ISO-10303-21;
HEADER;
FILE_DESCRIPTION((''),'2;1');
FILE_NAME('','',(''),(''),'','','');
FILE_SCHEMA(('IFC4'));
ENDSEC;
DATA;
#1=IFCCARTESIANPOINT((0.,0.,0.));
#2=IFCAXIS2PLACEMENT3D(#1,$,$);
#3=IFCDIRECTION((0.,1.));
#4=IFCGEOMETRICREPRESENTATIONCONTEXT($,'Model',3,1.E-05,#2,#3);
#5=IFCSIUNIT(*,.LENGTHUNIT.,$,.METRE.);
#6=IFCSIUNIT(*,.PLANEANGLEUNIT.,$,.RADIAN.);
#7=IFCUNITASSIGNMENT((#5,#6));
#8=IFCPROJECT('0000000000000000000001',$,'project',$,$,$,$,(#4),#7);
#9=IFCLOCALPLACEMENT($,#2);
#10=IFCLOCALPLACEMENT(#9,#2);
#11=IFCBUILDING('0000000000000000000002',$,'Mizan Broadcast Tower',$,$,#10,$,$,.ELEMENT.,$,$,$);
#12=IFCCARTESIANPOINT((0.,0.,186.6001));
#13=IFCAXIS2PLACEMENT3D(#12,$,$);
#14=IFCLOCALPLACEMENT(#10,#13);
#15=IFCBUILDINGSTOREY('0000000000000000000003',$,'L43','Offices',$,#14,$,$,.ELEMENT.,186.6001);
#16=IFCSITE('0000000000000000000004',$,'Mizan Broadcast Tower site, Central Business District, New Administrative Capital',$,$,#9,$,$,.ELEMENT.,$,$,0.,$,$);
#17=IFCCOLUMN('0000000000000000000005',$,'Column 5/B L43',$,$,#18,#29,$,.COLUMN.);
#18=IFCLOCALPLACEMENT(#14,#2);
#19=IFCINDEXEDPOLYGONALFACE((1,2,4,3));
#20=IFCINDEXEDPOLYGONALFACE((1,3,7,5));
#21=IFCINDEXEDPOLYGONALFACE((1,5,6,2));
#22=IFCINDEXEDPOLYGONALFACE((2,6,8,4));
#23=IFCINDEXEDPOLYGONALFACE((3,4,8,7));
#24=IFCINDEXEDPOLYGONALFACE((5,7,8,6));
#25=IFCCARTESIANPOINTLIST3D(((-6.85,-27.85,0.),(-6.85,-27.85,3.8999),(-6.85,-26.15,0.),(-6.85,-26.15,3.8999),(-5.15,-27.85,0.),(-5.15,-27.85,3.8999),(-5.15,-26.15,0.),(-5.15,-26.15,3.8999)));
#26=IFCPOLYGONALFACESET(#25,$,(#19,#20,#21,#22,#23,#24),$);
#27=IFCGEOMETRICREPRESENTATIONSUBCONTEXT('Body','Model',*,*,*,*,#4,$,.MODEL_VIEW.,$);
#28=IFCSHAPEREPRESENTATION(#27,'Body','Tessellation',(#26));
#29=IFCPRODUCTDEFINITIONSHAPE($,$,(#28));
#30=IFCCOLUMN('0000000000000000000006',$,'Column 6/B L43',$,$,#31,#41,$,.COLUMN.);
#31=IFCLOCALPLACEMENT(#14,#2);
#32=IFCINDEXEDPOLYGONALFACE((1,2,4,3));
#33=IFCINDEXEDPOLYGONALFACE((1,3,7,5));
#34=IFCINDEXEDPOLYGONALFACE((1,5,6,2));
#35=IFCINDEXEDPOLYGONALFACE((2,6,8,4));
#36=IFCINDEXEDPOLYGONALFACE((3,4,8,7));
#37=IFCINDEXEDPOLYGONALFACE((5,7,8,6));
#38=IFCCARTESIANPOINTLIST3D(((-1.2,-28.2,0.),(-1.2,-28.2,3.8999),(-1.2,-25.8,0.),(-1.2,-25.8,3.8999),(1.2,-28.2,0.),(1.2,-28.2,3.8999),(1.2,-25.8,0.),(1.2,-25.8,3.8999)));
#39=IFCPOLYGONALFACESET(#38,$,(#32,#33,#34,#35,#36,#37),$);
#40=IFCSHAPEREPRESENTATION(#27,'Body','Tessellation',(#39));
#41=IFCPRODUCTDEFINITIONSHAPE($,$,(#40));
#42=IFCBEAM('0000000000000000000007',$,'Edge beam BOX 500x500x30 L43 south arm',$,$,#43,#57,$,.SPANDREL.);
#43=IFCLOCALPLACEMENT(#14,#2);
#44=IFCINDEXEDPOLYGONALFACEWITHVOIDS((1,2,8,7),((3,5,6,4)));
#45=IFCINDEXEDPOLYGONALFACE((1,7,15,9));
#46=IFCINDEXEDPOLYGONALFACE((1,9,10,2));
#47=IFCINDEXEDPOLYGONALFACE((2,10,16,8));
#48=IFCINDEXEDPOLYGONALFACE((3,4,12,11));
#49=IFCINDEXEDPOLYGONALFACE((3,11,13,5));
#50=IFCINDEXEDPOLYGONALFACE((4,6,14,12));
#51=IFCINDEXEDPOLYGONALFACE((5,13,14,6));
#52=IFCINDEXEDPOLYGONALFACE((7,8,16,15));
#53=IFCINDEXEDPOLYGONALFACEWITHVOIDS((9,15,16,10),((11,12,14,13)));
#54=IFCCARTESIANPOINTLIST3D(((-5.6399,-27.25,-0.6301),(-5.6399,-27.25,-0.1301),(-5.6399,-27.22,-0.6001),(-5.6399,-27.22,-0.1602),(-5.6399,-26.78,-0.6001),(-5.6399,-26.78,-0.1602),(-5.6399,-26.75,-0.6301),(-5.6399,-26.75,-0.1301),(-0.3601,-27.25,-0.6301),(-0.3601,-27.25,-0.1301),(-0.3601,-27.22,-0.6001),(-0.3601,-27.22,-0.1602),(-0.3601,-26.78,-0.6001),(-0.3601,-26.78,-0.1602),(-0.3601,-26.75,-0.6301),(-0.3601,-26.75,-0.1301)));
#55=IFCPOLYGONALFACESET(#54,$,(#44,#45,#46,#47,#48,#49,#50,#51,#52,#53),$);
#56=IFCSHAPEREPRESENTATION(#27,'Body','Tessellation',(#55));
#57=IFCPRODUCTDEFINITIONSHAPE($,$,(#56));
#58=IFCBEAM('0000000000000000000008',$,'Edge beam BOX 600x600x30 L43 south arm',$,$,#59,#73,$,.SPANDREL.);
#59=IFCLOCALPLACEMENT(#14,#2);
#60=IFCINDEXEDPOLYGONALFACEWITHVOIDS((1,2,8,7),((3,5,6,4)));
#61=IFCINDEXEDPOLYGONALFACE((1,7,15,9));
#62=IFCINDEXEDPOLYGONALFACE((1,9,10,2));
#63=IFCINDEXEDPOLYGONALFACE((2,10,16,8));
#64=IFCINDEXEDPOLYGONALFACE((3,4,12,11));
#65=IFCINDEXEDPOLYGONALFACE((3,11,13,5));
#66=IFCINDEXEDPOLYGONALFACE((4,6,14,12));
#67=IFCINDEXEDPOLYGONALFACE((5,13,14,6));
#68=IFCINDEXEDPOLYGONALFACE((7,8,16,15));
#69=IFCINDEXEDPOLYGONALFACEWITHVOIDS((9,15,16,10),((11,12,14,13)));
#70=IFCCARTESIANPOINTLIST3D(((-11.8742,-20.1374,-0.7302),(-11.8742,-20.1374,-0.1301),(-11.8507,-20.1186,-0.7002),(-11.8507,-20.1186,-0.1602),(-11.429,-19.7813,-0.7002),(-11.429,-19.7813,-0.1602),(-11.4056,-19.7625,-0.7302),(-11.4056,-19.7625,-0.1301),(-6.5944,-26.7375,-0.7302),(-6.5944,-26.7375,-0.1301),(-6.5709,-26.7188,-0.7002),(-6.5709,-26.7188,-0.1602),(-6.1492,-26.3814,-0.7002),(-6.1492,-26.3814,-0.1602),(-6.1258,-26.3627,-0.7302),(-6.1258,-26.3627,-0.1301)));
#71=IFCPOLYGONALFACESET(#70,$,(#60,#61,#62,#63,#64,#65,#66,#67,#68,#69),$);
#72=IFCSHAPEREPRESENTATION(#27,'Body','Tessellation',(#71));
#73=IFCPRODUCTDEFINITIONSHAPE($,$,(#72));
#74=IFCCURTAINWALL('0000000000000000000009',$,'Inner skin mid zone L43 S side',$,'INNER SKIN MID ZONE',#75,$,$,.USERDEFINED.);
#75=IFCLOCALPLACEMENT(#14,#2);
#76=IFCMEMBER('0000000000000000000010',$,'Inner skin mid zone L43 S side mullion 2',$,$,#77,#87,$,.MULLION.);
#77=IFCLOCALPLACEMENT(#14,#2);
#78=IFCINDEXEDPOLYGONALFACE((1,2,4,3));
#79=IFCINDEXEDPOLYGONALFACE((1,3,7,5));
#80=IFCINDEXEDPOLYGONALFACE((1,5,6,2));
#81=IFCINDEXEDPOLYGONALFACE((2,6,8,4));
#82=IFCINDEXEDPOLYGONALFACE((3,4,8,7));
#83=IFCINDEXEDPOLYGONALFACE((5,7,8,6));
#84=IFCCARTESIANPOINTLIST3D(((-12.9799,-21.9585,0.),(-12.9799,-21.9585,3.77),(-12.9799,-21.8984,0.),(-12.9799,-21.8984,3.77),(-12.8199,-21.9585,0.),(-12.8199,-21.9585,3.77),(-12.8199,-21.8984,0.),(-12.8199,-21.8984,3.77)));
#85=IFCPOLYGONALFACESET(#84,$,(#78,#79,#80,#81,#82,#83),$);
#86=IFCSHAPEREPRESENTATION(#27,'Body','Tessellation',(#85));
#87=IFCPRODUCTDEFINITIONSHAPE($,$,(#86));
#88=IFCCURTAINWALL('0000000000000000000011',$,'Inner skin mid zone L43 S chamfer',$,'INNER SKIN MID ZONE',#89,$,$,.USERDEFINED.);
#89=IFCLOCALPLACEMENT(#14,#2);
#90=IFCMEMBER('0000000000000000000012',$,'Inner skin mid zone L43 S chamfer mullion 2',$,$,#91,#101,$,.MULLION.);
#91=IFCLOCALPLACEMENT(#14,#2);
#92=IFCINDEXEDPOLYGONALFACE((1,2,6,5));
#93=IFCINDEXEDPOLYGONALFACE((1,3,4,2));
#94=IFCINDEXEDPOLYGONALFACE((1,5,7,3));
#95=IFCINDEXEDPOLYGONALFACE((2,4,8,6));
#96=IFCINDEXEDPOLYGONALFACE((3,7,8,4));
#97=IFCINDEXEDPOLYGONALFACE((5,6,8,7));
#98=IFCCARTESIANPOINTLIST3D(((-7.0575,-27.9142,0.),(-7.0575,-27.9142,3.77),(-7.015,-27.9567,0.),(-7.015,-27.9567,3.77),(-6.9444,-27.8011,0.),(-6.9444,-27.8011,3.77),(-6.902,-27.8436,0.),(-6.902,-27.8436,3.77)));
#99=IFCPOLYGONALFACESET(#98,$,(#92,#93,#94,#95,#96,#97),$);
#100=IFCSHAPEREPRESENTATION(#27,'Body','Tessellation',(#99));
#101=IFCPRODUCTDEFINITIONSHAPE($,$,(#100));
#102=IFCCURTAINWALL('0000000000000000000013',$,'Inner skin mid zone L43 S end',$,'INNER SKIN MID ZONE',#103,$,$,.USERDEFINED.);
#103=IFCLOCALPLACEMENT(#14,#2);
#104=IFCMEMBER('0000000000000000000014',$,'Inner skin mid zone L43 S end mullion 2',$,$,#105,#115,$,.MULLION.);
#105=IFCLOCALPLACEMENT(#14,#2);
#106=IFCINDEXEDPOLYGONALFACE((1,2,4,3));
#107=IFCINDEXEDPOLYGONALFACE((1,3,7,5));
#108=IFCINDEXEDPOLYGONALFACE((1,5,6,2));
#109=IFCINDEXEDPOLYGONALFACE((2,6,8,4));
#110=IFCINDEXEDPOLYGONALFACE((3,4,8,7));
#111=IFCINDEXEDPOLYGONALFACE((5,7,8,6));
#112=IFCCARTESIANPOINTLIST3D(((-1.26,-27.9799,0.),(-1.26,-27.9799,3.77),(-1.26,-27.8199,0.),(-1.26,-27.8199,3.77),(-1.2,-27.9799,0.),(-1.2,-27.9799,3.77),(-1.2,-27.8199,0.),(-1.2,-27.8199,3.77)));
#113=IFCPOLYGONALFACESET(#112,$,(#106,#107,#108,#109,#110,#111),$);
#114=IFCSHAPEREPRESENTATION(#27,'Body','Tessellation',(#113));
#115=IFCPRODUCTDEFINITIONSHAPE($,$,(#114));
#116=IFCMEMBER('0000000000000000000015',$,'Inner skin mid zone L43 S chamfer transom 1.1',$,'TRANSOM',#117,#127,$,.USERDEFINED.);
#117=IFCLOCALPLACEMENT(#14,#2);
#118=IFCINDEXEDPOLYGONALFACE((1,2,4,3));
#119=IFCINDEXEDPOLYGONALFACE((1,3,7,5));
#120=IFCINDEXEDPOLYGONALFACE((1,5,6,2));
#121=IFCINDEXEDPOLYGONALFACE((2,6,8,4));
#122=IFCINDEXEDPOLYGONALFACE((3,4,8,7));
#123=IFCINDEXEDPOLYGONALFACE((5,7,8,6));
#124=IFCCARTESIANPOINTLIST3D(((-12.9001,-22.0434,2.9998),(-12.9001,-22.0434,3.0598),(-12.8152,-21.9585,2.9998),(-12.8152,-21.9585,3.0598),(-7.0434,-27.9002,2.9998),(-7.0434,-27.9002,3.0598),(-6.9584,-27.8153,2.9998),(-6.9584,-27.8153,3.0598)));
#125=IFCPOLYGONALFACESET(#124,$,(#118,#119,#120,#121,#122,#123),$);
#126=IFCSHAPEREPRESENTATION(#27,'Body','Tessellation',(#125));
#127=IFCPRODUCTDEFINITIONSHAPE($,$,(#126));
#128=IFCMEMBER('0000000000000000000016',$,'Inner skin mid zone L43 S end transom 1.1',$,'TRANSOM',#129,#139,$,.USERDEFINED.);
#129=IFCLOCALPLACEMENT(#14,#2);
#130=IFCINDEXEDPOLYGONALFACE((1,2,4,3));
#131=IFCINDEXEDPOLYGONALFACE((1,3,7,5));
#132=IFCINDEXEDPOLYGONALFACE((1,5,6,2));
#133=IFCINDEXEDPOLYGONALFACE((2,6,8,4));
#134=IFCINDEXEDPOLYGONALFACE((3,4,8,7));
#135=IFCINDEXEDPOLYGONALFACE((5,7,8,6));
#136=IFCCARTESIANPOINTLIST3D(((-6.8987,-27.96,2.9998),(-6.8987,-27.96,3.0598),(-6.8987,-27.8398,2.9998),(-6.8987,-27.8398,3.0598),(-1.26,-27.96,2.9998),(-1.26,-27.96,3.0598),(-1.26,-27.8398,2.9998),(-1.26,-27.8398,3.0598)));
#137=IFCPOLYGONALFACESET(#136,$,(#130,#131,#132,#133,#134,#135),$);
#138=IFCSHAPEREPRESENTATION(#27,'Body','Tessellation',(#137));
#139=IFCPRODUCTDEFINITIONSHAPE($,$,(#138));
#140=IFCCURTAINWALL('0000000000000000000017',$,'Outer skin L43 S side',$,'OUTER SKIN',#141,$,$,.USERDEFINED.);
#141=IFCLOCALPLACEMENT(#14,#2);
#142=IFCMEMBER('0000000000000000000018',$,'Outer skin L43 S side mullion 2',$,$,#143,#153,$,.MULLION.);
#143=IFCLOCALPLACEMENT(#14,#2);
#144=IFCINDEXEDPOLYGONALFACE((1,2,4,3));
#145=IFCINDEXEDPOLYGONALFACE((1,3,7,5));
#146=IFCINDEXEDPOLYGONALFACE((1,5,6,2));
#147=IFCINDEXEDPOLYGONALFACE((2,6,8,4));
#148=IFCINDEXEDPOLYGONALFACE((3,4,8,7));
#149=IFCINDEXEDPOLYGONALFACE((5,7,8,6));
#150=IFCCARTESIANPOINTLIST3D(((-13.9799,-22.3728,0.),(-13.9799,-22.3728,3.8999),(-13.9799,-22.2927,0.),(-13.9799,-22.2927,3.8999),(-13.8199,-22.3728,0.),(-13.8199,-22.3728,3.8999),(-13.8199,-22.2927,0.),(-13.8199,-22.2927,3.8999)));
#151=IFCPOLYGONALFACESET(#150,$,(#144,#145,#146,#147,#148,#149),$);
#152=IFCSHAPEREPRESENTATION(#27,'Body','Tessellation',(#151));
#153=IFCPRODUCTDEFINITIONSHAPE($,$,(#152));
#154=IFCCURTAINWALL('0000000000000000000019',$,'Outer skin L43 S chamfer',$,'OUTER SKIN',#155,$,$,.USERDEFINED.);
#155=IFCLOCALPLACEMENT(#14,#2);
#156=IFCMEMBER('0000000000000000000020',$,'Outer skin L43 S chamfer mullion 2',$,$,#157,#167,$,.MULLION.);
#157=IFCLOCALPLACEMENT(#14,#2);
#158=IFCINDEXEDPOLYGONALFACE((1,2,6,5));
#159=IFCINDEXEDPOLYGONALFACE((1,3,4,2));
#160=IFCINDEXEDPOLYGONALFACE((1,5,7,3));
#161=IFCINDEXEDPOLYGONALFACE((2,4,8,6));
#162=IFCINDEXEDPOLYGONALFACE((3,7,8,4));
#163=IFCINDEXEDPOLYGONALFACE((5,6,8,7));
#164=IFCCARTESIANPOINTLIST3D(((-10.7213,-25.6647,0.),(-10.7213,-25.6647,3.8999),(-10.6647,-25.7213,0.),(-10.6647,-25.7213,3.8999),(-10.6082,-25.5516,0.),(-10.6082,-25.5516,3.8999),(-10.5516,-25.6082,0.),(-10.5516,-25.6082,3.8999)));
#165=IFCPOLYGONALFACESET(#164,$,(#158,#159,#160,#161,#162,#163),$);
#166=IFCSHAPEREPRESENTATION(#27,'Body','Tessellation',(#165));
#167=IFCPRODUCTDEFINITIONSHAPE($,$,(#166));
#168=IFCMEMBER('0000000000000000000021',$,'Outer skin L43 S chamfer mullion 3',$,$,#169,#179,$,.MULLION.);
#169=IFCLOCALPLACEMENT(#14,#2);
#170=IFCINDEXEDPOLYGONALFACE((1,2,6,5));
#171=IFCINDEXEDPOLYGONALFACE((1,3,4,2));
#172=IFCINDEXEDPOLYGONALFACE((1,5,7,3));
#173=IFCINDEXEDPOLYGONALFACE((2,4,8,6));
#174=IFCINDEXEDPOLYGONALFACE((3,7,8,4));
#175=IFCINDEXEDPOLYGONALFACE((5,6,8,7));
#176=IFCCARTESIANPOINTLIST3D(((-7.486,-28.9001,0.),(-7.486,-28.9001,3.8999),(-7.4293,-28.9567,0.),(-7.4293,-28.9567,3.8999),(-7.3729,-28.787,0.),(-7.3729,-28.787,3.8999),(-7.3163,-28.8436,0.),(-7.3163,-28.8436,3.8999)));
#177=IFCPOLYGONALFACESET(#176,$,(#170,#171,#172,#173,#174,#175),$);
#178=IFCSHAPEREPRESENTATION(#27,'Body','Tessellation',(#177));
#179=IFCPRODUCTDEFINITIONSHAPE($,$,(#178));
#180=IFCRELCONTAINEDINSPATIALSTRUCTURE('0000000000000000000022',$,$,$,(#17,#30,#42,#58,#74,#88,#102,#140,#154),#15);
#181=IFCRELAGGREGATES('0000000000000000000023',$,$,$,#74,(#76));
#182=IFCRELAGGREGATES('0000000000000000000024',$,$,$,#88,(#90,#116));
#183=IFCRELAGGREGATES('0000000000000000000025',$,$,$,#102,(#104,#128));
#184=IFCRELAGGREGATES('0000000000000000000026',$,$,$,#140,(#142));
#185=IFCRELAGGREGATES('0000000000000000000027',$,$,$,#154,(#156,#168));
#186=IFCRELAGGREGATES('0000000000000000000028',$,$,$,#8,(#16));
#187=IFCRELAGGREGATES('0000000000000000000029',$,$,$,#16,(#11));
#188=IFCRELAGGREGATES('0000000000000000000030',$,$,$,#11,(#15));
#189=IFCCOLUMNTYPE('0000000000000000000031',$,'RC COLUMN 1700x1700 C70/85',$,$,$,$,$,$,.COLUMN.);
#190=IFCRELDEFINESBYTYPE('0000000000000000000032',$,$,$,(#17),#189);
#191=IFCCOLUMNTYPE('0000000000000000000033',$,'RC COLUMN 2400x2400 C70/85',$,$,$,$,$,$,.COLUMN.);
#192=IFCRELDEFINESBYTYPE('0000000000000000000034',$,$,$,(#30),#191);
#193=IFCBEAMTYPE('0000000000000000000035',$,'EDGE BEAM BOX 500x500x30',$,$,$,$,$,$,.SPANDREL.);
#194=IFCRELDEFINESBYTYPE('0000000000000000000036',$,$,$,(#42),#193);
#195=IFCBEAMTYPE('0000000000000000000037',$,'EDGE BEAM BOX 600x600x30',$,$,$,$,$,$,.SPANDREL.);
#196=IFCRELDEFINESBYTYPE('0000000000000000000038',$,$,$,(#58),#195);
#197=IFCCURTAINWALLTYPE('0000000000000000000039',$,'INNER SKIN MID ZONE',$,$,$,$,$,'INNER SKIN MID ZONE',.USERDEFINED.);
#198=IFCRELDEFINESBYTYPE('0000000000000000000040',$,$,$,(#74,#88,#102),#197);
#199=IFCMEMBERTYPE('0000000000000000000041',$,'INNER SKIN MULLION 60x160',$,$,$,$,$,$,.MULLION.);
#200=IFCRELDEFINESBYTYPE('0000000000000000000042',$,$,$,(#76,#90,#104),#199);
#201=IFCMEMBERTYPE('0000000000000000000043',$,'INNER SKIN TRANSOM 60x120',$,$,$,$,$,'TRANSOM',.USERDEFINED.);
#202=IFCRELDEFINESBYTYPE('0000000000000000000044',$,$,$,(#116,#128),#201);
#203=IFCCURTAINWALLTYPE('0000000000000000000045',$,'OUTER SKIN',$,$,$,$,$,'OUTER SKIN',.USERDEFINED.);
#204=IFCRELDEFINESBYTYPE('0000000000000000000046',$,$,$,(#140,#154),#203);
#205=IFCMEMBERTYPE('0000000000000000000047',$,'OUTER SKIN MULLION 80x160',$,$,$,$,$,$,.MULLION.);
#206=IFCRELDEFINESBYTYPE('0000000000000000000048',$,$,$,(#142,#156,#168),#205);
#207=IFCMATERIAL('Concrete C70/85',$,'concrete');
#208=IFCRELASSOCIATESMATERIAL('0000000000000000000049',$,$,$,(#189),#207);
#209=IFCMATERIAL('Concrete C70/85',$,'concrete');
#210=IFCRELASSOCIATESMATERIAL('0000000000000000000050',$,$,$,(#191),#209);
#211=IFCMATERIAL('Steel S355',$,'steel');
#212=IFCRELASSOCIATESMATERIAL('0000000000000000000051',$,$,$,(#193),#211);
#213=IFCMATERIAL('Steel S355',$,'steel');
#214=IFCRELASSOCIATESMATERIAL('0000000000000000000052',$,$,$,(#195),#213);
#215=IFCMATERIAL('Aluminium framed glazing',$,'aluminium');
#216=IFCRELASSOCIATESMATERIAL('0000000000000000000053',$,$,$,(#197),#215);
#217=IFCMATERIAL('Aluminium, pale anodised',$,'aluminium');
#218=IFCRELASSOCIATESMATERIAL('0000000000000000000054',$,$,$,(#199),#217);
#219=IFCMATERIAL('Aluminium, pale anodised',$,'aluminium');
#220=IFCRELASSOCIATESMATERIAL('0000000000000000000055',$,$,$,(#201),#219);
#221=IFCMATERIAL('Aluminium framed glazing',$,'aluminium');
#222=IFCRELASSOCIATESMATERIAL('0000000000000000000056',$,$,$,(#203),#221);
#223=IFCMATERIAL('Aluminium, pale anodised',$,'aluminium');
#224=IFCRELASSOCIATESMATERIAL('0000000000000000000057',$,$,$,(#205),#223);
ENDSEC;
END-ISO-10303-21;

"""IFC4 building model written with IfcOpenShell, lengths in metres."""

from ifc_helpers import new_model, si_unit, direction, frame, origin, origin_2d, place, context, subcontext, project, spatial, rectangle, hollow_rectangle, extrude, material, material_profile, profile_set, type_object, element, aggregate, save


model = new_model("IFC4")

# Units and contexts
model_context = context("Model", 3, precision=1e-05, world=origin(), true_north=direction((0.0, 1.0)))
body_context = subcontext(model_context, "Body", "Model", "MODEL_VIEW")
ifc_project = project(units=[si_unit("LENGTHUNIT", "METRE"), si_unit("PLANEANGLEUNIT", "RADIAN")], contexts=[model_context])

# Site, building, storey
site_placement = place(None, origin())
site = spatial("IfcSite", under=ifc_project, at=site_placement, Name="Mizan Broadcast Tower site, Central Business District, New Administrative Capital", CompositionType="ELEMENT", RefElevation=0.0)
building_placement = place(site_placement, origin())
building = spatial("IfcBuilding", under=site, at=building_placement, Name="Mizan Broadcast Tower", CompositionType="ELEMENT")
storey_placement = place(building_placement, frame((0.0, 0.0, 186.6001)))
storey = spatial("IfcBuildingStorey", under=building, at=storey_placement, Name="L43", Description="Offices", CompositionType="ELEMENT", Elevation=186.6001)

# Columns
ifc_material_1 = material(Name="Concrete C70/85", Category="concrete")
ifc_material_profile_1 = material_profile(ifc_material_1, rectangle(XDim=1.7, YDim=1.7, at=origin_2d()), Name="RC 1700x1700")
ifc_profile_set_1 = profile_set([ifc_material_profile_1], Name="Concrete C70/85")
column_type_1 = type_object("IfcColumnType", Name="RC COLUMN 1700x1700 C70/85", PredefinedType="COLUMN", material=ifc_profile_set_1)
column_1_placement = place(storey_placement, frame((-6.0, -27.0, 0.0), z_axis=(0.0, 0.0, 1.0), x_axis=(1.0, 0.0, 0.0)))
element("IfcColumn", 1, at=column_1_placement, inside=storey, type_object=column_type_1, Name="Column 5/B L43", PredefinedType="COLUMN", context=body_context, shape_type="SweptSolid", body=[
    extrude(rectangle(XDim=1.7, YDim=1.7, at=origin_2d()), origin(), (0.0, 0.0, 1.0), 3.8999),
])
ifc_material_2 = material(Name="Concrete C70/85", Category="concrete")
ifc_material_profile_2 = material_profile(ifc_material_2, rectangle(XDim=2.3999, YDim=2.3999, at=origin_2d()), Name="RC 2400x2400")
ifc_profile_set_2 = profile_set([ifc_material_profile_2], Name="Concrete C70/85")
column_type_2 = type_object("IfcColumnType", Name="RC COLUMN 2400x2400 C70/85", PredefinedType="COLUMN", material=ifc_profile_set_2)
column_2_placement = place(storey_placement, frame((0.0, -27.0, 0.0), z_axis=(0.0, 0.0, 1.0), x_axis=(1.0, 0.0, 0.0)))
element("IfcColumn", 2, at=column_2_placement, inside=storey, type_object=column_type_2, Name="Column 6/B L43", PredefinedType="COLUMN", context=body_context, shape_type="SweptSolid", body=[
    extrude(rectangle(XDim=2.3999, YDim=2.3999, at=origin_2d()), origin(), (0.0, 0.0, 1.0), 3.8999),
])

# Beams
ifc_material_3 = material(Name="Steel S355", Category="steel")
ifc_material_profile_3 = material_profile(ifc_material_3, hollow_rectangle(XDim=0.5, YDim=0.5, WallThickness=0.03, at=origin_2d()), Name="BOX 500x500x30")
ifc_profile_set_3 = profile_set([ifc_material_profile_3], Name="Steel S355")
beam_type_1 = type_object("IfcBeamType", Name="EDGE BEAM BOX 500x500x30", PredefinedType="SPANDREL", material=ifc_profile_set_3)
beam_1_placement = place(storey_placement, frame((-5.6399, -27.0, -0.3801), z_axis=(1.0, 0.0, 0.0), x_axis=(0.0, 1.0, 0.0)))
element("IfcBeam", 3, at=beam_1_placement, inside=storey, type_object=beam_type_1, Name="Edge beam BOX 500x500x30 L43 south arm", PredefinedType="SPANDREL", context=body_context, shape_type="SweptSolid", body=[
    extrude(hollow_rectangle(XDim=0.5, YDim=0.5, WallThickness=0.03, at=origin_2d()), origin(), (0.0, 0.0, 1.0), 5.2798),
])
ifc_material_4 = material(Name="Steel S355", Category="steel")
ifc_material_profile_4 = material_profile(ifc_material_4, hollow_rectangle(XDim=0.6001, YDim=0.6001, WallThickness=0.03, at=origin_2d()), Name="BOX 600x600x30")
ifc_profile_set_4 = profile_set([ifc_material_profile_4], Name="Steel S355")
beam_type_2 = type_object("IfcBeamType", Name="EDGE BEAM BOX 600x600x30", PredefinedType="SPANDREL", material=ifc_profile_set_4)
beam_2_placement = place(storey_placement, frame((-11.6399, -19.95, -0.4302), z_axis=(0.624674, -0.780886, 0.0), x_axis=(0.780886, 0.624674, 0.0)))
element("IfcBeam", 4, at=beam_2_placement, inside=storey, type_object=beam_type_2, Name="Edge beam BOX 600x600x30 L43 south arm", PredefinedType="SPANDREL", context=body_context, shape_type="SweptSolid", body=[
    extrude(hollow_rectangle(XDim=0.6001, YDim=0.6001, WallThickness=0.03, at=origin_2d()), origin(), (0.0, 0.0, 1.0), 8.4521),
])

# Curtain walls, members
ifc_material_5 = material(Name="Aluminium framed glazing", Category="aluminium")
curtain_wall_type_1 = type_object("IfcCurtainWallType", Name="INNER SKIN MID ZONE", ElementType="INNER SKIN MID ZONE", PredefinedType="USERDEFINED", material=ifc_material_5)
curtain_wall_1_placement = place(storey_placement, origin())
curtain_wall_1 = element("IfcCurtainWall", 5, at=curtain_wall_1_placement, inside=storey, type_object=curtain_wall_type_1, Name="Inner skin mid zone L43 S side", ObjectType="INNER SKIN MID ZONE", PredefinedType="USERDEFINED")
ifc_material_6 = material(Name="Aluminium, pale anodised", Category="aluminium")
ifc_material_profile_5 = material_profile(ifc_material_6, rectangle(XDim=0.1599, YDim=0.0601, at=origin_2d()), Name="MULLION 160x60")
ifc_profile_set_5 = profile_set([ifc_material_profile_5], Name="Aluminium, pale anodised")
member_type_1 = type_object("IfcMemberType", Name="INNER SKIN MULLION 60x160", PredefinedType="MULLION", material=ifc_profile_set_5)
member_1_placement = place(storey_placement, frame((-12.8999, -21.9285, 0.0), z_axis=(0.0, 0.0, 1.0), x_axis=(1.0, 0.0, 0.0)))
member_1 = element("IfcMember", 6, at=member_1_placement, type_object=member_type_1, Name="Inner skin mid zone L43 S side mullion 2", PredefinedType="MULLION", context=body_context, shape_type="SweptSolid", body=[
    extrude(rectangle(XDim=0.1599, YDim=0.0601, at=origin_2d()), origin(), (0.0, 0.0, 1.0), 3.77),
])
curtain_wall_2_placement = place(storey_placement, origin())
curtain_wall_2 = element("IfcCurtainWall", 7, at=curtain_wall_2_placement, inside=storey, type_object=curtain_wall_type_1, Name="Inner skin mid zone L43 S chamfer", ObjectType="INNER SKIN MID ZONE", PredefinedType="USERDEFINED")
member_2_placement = place(storey_placement, frame((-6.9797, -27.8789, 0.0), z_axis=(0.0, 0.0, 1.0), x_axis=(0.707107, 0.707107, 0.0)))
member_2 = element("IfcMember", 8, at=member_2_placement, type_object=member_type_1, Name="Inner skin mid zone L43 S chamfer mullion 2", PredefinedType="MULLION", context=body_context, shape_type="SweptSolid", body=[
    extrude(rectangle(XDim=0.1599, YDim=0.0601, at=origin_2d()), origin(), (0.0, 0.0, 1.0), 3.77),
])
curtain_wall_3_placement = place(storey_placement, origin())
curtain_wall_3 = element("IfcCurtainWall", 9, at=curtain_wall_3_placement, inside=storey, type_object=curtain_wall_type_1, Name="Inner skin mid zone L43 S end", ObjectType="INNER SKIN MID ZONE", PredefinedType="USERDEFINED")
member_3_placement = place(storey_placement, frame((-1.23, -27.8999, 0.0), z_axis=(0.0, 0.0, 1.0), x_axis=(0.0, 1.0, 0.0)))
member_3 = element("IfcMember", 10, at=member_3_placement, type_object=member_type_1, Name="Inner skin mid zone L43 S end mullion 2", PredefinedType="MULLION", context=body_context, shape_type="SweptSolid", body=[
    extrude(rectangle(XDim=0.1599, YDim=0.0601, at=origin_2d()), origin(), (0.0, 0.0, 1.0), 3.77),
])

# Members
ifc_material_7 = material(Name="Aluminium, pale anodised", Category="aluminium")
ifc_material_profile_6 = material_profile(ifc_material_7, rectangle(XDim=0.1201, YDim=0.0601, at=origin_2d()), Name="TRANSOM 120x60")
ifc_profile_set_6 = profile_set([ifc_material_profile_6], Name="Aluminium, pale anodised")
member_type_2 = type_object("IfcMemberType", Name="INNER SKIN TRANSOM 60x120", ElementType="TRANSOM", PredefinedType="USERDEFINED", material=ifc_profile_set_6)
member_4_placement = place(storey_placement, frame((-12.8577, -22.001, 3.0298), z_axis=(0.707107, -0.707107, 0.0), x_axis=(0.707107, 0.707107, 0.0)))
member_4 = element("IfcMember", 11, at=member_4_placement, type_object=member_type_2, Name="Inner skin mid zone L43 S chamfer transom 1.1", ObjectType="TRANSOM", PredefinedType="USERDEFINED", context=body_context, shape_type="SweptSolid", body=[
    extrude(rectangle(XDim=0.1201, YDim=0.0601, at=origin_2d()), origin(), (0.0, 0.0, 1.0), 8.2827),
])
member_5_placement = place(storey_placement, frame((-6.8987, -27.8999, 3.0298), z_axis=(1.0, 0.0, 0.0), x_axis=(0.0, 1.0, 0.0)))
member_5 = element("IfcMember", 12, at=member_5_placement, type_object=member_type_2, Name="Inner skin mid zone L43 S end transom 1.1", ObjectType="TRANSOM", PredefinedType="USERDEFINED", context=body_context, shape_type="SweptSolid", body=[
    extrude(rectangle(XDim=0.1201, YDim=0.0601, at=origin_2d()), origin(), (0.0, 0.0, 1.0), 5.6387),
])

# Curtain wall, member
ifc_material_8 = material(Name="Aluminium framed glazing", Category="aluminium")
curtain_wall_type_2 = type_object("IfcCurtainWallType", Name="OUTER SKIN", ElementType="OUTER SKIN", PredefinedType="USERDEFINED", material=ifc_material_8)
curtain_wall_4_placement = place(storey_placement, origin())
curtain_wall_4 = element("IfcCurtainWall", 13, at=curtain_wall_4_placement, inside=storey, type_object=curtain_wall_type_2, Name="Outer skin L43 S side", ObjectType="OUTER SKIN", PredefinedType="USERDEFINED")
ifc_material_9 = material(Name="Aluminium, pale anodised", Category="aluminium")
ifc_material_profile_7 = material_profile(ifc_material_9, rectangle(XDim=0.1599, YDim=0.0801, at=origin_2d()), Name="MULLION 160x80")
ifc_profile_set_7 = profile_set([ifc_material_profile_7], Name="Aluminium, pale anodised")
member_type_3 = type_object("IfcMemberType", Name="OUTER SKIN MULLION 80x160", PredefinedType="MULLION", material=ifc_profile_set_7)
member_6_placement = place(storey_placement, frame((-13.8999, -22.3328, 0.0), z_axis=(0.0, 0.0, 1.0), x_axis=(1.0, 0.0, 0.0)))
member_6 = element("IfcMember", 14, at=member_6_placement, type_object=member_type_3, Name="Outer skin L43 S side mullion 2", PredefinedType="MULLION", context=body_context, shape_type="SweptSolid", body=[
    extrude(rectangle(XDim=0.1599, YDim=0.0801, at=origin_2d()), origin(), (0.0, 0.0, 1.0), 3.8999),
])

# Curtain wall, members
curtain_wall_5_placement = place(storey_placement, origin())
curtain_wall_5 = element("IfcCurtainWall", 15, at=curtain_wall_5_placement, inside=storey, type_object=curtain_wall_type_2, Name="Outer skin L43 S chamfer", ObjectType="OUTER SKIN", PredefinedType="USERDEFINED")
member_7_placement = place(storey_placement, frame((-10.6365, -25.6365, 0.0), z_axis=(0.0, 0.0, 1.0), x_axis=(0.707107, 0.707107, 0.0)))
member_7 = element("IfcMember", 16, at=member_7_placement, type_object=member_type_3, Name="Outer skin L43 S chamfer mullion 2", PredefinedType="MULLION", context=body_context, shape_type="SweptSolid", body=[
    extrude(rectangle(XDim=0.1599, YDim=0.0801, at=origin_2d()), origin(), (0.0, 0.0, 1.0), 3.8999),
])
member_8_placement = place(storey_placement, frame((-7.4011, -28.8718, 0.0), z_axis=(0.0, 0.0, 1.0), x_axis=(0.707107, 0.707107, 0.0)))
member_8 = element("IfcMember", 17, at=member_8_placement, type_object=member_type_3, Name="Outer skin L43 S chamfer mullion 3", PredefinedType="MULLION", context=body_context, shape_type="SweptSolid", body=[
    extrude(rectangle(XDim=0.1599, YDim=0.0801, at=origin_2d()), origin(), (0.0, 0.0, 1.0), 3.8999),
])

aggregate(curtain_wall_1, [member_1])
aggregate(curtain_wall_2, [member_2, member_4])
aggregate(curtain_wall_3, [member_3, member_5])
aggregate(curtain_wall_4, [member_6])
aggregate(curtain_wall_5, [member_7, member_8])

save(model, "model.ifc")
